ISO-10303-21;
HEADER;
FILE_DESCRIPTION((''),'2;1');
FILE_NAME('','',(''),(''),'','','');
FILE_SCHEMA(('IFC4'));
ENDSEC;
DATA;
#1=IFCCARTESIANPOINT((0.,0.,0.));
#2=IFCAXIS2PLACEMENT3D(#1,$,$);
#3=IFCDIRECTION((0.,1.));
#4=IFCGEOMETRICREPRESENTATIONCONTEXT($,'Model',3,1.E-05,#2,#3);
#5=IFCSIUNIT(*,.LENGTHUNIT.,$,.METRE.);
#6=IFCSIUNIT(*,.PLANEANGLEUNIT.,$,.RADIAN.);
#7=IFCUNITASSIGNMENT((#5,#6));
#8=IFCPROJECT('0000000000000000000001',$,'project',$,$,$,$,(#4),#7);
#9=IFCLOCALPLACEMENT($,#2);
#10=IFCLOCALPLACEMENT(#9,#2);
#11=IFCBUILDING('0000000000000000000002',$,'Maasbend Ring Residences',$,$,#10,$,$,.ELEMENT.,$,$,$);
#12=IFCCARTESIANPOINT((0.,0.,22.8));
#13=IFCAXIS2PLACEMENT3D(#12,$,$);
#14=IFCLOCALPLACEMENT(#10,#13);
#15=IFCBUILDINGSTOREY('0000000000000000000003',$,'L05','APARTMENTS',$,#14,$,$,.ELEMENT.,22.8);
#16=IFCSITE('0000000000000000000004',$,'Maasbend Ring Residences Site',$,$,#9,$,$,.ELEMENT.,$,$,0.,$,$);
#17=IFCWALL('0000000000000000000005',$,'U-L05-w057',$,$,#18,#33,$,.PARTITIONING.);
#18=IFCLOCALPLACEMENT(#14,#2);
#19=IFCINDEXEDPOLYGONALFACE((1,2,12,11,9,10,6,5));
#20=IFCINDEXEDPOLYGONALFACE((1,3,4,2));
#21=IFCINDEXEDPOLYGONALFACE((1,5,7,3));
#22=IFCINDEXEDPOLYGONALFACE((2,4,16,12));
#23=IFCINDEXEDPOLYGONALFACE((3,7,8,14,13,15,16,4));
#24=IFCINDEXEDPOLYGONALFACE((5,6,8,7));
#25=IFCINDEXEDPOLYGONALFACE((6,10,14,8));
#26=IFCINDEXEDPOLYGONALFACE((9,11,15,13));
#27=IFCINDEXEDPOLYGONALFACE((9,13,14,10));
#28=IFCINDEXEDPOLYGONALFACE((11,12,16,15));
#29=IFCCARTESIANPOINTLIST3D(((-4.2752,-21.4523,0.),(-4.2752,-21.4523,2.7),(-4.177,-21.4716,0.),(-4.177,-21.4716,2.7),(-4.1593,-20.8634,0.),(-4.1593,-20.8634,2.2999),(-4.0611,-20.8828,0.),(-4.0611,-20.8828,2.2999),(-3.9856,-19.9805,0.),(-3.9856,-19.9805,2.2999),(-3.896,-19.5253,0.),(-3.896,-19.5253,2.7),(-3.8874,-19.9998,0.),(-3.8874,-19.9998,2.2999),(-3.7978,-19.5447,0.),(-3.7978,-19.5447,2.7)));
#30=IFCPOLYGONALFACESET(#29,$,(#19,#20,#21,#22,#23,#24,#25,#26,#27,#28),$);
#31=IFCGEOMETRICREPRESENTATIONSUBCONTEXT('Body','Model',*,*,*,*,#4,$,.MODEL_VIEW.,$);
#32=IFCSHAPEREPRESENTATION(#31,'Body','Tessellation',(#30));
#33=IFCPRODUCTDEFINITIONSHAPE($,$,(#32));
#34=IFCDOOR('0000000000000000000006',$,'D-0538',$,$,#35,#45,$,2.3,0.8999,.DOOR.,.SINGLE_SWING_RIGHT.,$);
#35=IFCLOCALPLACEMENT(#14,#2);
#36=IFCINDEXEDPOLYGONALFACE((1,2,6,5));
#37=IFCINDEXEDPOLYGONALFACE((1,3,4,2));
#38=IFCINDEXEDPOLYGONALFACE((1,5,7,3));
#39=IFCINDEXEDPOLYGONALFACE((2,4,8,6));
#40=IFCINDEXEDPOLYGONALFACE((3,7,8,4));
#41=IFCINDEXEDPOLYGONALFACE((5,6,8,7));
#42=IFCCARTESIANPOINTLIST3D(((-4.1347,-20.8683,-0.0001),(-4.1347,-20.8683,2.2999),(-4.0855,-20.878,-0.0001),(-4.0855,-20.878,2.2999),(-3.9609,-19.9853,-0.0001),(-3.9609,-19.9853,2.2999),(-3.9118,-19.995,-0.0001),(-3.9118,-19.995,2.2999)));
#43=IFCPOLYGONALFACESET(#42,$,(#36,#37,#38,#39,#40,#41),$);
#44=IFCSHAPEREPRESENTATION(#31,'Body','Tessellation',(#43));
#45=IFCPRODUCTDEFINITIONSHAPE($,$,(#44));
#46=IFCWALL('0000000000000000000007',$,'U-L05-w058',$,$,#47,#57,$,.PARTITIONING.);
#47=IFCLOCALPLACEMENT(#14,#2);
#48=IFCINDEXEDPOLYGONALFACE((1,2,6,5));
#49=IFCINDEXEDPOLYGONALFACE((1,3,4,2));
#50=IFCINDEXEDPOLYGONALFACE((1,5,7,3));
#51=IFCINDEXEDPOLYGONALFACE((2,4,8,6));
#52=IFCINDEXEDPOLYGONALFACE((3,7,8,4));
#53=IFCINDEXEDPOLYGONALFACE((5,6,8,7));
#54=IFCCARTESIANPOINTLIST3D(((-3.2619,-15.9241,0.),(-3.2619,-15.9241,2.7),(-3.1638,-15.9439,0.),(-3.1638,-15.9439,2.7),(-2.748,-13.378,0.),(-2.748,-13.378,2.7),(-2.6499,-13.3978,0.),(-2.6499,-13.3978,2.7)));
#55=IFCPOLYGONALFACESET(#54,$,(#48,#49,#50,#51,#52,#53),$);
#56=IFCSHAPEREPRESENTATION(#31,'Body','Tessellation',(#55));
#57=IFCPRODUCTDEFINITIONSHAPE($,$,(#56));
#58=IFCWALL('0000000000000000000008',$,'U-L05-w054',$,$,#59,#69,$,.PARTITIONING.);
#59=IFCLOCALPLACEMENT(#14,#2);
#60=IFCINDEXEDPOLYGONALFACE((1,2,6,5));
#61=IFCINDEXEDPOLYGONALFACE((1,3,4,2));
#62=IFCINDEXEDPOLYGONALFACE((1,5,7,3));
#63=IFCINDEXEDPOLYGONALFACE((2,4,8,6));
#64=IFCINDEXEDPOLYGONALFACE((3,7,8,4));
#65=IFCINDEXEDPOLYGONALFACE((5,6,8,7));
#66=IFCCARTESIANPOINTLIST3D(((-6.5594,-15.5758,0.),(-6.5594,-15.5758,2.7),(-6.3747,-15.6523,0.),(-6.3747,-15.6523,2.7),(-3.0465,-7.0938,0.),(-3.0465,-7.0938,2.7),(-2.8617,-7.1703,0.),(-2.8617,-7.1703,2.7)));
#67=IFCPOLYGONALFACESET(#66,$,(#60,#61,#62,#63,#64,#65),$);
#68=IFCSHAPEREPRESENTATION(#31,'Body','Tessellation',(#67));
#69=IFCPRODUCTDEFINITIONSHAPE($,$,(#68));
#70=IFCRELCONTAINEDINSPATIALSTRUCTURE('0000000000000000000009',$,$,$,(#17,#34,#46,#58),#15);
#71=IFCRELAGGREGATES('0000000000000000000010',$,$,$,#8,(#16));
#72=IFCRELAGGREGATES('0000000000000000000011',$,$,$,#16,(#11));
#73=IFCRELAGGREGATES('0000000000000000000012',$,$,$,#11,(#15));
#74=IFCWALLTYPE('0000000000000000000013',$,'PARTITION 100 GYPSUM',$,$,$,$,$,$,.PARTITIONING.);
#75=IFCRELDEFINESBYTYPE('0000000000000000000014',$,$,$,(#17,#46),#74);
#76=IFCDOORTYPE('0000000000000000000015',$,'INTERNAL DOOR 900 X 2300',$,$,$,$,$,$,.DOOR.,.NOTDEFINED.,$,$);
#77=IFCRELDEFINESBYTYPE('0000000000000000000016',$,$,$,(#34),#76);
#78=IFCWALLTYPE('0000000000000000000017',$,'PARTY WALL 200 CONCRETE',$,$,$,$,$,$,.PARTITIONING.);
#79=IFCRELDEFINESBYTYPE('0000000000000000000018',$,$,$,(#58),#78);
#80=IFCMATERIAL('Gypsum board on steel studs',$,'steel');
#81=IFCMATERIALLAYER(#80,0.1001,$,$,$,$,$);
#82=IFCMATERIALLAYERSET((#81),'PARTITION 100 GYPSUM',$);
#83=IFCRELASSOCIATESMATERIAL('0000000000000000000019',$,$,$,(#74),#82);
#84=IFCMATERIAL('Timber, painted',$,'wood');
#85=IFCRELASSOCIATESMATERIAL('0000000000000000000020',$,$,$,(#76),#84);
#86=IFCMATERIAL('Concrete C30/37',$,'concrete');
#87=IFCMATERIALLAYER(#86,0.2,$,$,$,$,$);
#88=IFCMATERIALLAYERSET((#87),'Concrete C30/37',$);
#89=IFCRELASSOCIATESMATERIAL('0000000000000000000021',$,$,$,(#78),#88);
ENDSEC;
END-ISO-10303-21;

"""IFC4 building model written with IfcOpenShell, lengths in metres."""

from ifc_helpers import new_model, si_unit, direction, frame, frame_2d, origin, place, context, subcontext, project, spatial, rectangle, extrude, material, layer, layer_set, type_object, element, fill, save


model = new_model("IFC4")

# Units and contexts
model_context = context("Model", 3, precision=1e-05, world=origin(), true_north=direction((0.0, 1.0)))
body_context = subcontext(model_context, "Body", "Model", "MODEL_VIEW")
ifc_project = project(units=[si_unit("LENGTHUNIT", "METRE"), si_unit("PLANEANGLEUNIT", "RADIAN")], contexts=[model_context])

# Site, building, storey
site_placement = place(None, origin())
site = spatial("IfcSite", under=ifc_project, at=site_placement, Name="Maasbend Ring Residences Site", CompositionType="ELEMENT", RefElevation=0.0)
building_placement = place(site_placement, origin())
building = spatial("IfcBuilding", under=site, at=building_placement, Name="Maasbend Ring Residences", CompositionType="ELEMENT")
storey_placement = place(building_placement, frame((0.0, 0.0, 22.8)))
storey = spatial("IfcBuildingStorey", under=building, at=storey_placement, Name="L05", Description="APARTMENTS", CompositionType="ELEMENT", Elevation=22.8)

# Shared definitions
ifc_material_1 = material(Name="Gypsum board on steel studs", Category="steel")
ifc_layer_1 = layer(ifc_material_1, 0.1001)
ifc_layer_set_1 = layer_set([ifc_layer_1], Name="PARTITION 100 GYPSUM")
wall_type_1 = type_object("IfcWallType", Name="PARTITION 100 GYPSUM", PredefinedType="PARTITIONING", material=ifc_layer_set_1)

# Shared definitions
ifc_material_2 = material(Name="Timber, painted", Category="wood")
door_type_1 = type_object("IfcDoorType", Name="INTERNAL DOOR 900 X 2300", OperationType="NOTDEFINED", PredefinedType="DOOR", material=ifc_material_2)

# Wall, opening, door
wall_1_placement = place(storey_placement, frame((-4.2261, -21.4619, 0.0), z_axis=(0.0, 0.0, 1.0), x_axis=(0.193055, 0.981188, 0.0)))
wall_1 = element("IfcWall", 1, at=wall_1_placement, inside=storey, type_object=wall_type_1, Name="U-L05-w057", PredefinedType="PARTITIONING", context=body_context, shape_type="SweptSolid", body=[
    extrude(rectangle(XDim=1.9639, YDim=0.1001, at=frame_2d((0.9819, 0.0))), origin(), (0.0, 0.0, 1.0), 2.7),
])
opening_1_placement = place(wall_1_placement, frame((0.6001, 0.0, 0.0)))
opening_1 = element("IfcOpeningElement", 2, at=opening_1_placement, cuts=wall_1, PredefinedType="OPENING", context=body_context, shape_type="SweptSolid", body=[
    extrude(rectangle(XDim=0.8999, YDim=2.3, at=frame_2d((0.45, 1.1499))), frame((0.0, 0.0601, 0.0), z_axis=(0.0, -1.0, 0.0), x_axis=(1.0, 0.0, 0.0)), (0.0, 0.0, 1.0), 0.1201),
])
door_1_placement = place(opening_1_placement, origin())
door_1 = element("IfcDoor", 3, at=door_1_placement, inside=storey, type_object=door_type_1, Name="D-0538", OperationType="SINGLE_SWING_RIGHT", OverallHeight=2.3, OverallWidth=0.8999, PredefinedType="DOOR", context=body_context, shape_type="SweptSolid", body=[
    extrude(rectangle(XDim=0.8999, YDim=2.3, at=frame_2d((0.45, 1.1499))), frame((0.0, 0.0249, 0.0), z_axis=(0.0, -1.0, 0.0), x_axis=(1.0, 0.0, 0.0)), (0.0, 0.0, 1.0), 0.05),
])
fill(opening_1, door_1)

# Walls
wall_2_placement = place(storey_placement, frame((-3.2129, -15.9341, 0.0), z_axis=(0.0, 0.0, 1.0), x_axis=(0.197851, 0.980232, 0.0)))
element("IfcWall", 4, at=wall_2_placement, inside=storey, type_object=wall_type_1, Name="U-L05-w058", PredefinedType="PARTITIONING", context=body_context, shape_type="SweptSolid", body=[
    extrude(rectangle(XDim=2.5974, YDim=0.1001, at=frame_2d((1.2988, 0.0))), origin(), (0.0, 0.0, 1.0), 2.7),
])
ifc_material_3 = material(Name="Concrete C30/37", Category="concrete")
ifc_layer_2 = layer(ifc_material_3, 0.2)
ifc_layer_set_2 = layer_set([ifc_layer_2], Name="Concrete C30/37")
wall_type_2 = type_object("IfcWallType", Name="PARTY WALL 200 CONCRETE", PredefinedType="PARTITIONING", material=ifc_layer_set_2)
wall_3_placement = place(storey_placement, frame((-6.467, -15.614, 0.0), z_axis=(0.0, 0.0, 1.0), x_axis=(0.382647, 0.923895, 0.0)))
element("IfcWall", 5, at=wall_3_placement, inside=storey, type_object=wall_type_2, Name="U-L05-w054", PredefinedType="PARTITIONING", context=body_context, shape_type="SweptSolid", body=[
    extrude(rectangle(XDim=9.1807, YDim=0.2, at=frame_2d((4.5903, 0.0))), origin(), (0.0, 0.0, 1.0), 2.7),
])

save(model, "model.ifc")
